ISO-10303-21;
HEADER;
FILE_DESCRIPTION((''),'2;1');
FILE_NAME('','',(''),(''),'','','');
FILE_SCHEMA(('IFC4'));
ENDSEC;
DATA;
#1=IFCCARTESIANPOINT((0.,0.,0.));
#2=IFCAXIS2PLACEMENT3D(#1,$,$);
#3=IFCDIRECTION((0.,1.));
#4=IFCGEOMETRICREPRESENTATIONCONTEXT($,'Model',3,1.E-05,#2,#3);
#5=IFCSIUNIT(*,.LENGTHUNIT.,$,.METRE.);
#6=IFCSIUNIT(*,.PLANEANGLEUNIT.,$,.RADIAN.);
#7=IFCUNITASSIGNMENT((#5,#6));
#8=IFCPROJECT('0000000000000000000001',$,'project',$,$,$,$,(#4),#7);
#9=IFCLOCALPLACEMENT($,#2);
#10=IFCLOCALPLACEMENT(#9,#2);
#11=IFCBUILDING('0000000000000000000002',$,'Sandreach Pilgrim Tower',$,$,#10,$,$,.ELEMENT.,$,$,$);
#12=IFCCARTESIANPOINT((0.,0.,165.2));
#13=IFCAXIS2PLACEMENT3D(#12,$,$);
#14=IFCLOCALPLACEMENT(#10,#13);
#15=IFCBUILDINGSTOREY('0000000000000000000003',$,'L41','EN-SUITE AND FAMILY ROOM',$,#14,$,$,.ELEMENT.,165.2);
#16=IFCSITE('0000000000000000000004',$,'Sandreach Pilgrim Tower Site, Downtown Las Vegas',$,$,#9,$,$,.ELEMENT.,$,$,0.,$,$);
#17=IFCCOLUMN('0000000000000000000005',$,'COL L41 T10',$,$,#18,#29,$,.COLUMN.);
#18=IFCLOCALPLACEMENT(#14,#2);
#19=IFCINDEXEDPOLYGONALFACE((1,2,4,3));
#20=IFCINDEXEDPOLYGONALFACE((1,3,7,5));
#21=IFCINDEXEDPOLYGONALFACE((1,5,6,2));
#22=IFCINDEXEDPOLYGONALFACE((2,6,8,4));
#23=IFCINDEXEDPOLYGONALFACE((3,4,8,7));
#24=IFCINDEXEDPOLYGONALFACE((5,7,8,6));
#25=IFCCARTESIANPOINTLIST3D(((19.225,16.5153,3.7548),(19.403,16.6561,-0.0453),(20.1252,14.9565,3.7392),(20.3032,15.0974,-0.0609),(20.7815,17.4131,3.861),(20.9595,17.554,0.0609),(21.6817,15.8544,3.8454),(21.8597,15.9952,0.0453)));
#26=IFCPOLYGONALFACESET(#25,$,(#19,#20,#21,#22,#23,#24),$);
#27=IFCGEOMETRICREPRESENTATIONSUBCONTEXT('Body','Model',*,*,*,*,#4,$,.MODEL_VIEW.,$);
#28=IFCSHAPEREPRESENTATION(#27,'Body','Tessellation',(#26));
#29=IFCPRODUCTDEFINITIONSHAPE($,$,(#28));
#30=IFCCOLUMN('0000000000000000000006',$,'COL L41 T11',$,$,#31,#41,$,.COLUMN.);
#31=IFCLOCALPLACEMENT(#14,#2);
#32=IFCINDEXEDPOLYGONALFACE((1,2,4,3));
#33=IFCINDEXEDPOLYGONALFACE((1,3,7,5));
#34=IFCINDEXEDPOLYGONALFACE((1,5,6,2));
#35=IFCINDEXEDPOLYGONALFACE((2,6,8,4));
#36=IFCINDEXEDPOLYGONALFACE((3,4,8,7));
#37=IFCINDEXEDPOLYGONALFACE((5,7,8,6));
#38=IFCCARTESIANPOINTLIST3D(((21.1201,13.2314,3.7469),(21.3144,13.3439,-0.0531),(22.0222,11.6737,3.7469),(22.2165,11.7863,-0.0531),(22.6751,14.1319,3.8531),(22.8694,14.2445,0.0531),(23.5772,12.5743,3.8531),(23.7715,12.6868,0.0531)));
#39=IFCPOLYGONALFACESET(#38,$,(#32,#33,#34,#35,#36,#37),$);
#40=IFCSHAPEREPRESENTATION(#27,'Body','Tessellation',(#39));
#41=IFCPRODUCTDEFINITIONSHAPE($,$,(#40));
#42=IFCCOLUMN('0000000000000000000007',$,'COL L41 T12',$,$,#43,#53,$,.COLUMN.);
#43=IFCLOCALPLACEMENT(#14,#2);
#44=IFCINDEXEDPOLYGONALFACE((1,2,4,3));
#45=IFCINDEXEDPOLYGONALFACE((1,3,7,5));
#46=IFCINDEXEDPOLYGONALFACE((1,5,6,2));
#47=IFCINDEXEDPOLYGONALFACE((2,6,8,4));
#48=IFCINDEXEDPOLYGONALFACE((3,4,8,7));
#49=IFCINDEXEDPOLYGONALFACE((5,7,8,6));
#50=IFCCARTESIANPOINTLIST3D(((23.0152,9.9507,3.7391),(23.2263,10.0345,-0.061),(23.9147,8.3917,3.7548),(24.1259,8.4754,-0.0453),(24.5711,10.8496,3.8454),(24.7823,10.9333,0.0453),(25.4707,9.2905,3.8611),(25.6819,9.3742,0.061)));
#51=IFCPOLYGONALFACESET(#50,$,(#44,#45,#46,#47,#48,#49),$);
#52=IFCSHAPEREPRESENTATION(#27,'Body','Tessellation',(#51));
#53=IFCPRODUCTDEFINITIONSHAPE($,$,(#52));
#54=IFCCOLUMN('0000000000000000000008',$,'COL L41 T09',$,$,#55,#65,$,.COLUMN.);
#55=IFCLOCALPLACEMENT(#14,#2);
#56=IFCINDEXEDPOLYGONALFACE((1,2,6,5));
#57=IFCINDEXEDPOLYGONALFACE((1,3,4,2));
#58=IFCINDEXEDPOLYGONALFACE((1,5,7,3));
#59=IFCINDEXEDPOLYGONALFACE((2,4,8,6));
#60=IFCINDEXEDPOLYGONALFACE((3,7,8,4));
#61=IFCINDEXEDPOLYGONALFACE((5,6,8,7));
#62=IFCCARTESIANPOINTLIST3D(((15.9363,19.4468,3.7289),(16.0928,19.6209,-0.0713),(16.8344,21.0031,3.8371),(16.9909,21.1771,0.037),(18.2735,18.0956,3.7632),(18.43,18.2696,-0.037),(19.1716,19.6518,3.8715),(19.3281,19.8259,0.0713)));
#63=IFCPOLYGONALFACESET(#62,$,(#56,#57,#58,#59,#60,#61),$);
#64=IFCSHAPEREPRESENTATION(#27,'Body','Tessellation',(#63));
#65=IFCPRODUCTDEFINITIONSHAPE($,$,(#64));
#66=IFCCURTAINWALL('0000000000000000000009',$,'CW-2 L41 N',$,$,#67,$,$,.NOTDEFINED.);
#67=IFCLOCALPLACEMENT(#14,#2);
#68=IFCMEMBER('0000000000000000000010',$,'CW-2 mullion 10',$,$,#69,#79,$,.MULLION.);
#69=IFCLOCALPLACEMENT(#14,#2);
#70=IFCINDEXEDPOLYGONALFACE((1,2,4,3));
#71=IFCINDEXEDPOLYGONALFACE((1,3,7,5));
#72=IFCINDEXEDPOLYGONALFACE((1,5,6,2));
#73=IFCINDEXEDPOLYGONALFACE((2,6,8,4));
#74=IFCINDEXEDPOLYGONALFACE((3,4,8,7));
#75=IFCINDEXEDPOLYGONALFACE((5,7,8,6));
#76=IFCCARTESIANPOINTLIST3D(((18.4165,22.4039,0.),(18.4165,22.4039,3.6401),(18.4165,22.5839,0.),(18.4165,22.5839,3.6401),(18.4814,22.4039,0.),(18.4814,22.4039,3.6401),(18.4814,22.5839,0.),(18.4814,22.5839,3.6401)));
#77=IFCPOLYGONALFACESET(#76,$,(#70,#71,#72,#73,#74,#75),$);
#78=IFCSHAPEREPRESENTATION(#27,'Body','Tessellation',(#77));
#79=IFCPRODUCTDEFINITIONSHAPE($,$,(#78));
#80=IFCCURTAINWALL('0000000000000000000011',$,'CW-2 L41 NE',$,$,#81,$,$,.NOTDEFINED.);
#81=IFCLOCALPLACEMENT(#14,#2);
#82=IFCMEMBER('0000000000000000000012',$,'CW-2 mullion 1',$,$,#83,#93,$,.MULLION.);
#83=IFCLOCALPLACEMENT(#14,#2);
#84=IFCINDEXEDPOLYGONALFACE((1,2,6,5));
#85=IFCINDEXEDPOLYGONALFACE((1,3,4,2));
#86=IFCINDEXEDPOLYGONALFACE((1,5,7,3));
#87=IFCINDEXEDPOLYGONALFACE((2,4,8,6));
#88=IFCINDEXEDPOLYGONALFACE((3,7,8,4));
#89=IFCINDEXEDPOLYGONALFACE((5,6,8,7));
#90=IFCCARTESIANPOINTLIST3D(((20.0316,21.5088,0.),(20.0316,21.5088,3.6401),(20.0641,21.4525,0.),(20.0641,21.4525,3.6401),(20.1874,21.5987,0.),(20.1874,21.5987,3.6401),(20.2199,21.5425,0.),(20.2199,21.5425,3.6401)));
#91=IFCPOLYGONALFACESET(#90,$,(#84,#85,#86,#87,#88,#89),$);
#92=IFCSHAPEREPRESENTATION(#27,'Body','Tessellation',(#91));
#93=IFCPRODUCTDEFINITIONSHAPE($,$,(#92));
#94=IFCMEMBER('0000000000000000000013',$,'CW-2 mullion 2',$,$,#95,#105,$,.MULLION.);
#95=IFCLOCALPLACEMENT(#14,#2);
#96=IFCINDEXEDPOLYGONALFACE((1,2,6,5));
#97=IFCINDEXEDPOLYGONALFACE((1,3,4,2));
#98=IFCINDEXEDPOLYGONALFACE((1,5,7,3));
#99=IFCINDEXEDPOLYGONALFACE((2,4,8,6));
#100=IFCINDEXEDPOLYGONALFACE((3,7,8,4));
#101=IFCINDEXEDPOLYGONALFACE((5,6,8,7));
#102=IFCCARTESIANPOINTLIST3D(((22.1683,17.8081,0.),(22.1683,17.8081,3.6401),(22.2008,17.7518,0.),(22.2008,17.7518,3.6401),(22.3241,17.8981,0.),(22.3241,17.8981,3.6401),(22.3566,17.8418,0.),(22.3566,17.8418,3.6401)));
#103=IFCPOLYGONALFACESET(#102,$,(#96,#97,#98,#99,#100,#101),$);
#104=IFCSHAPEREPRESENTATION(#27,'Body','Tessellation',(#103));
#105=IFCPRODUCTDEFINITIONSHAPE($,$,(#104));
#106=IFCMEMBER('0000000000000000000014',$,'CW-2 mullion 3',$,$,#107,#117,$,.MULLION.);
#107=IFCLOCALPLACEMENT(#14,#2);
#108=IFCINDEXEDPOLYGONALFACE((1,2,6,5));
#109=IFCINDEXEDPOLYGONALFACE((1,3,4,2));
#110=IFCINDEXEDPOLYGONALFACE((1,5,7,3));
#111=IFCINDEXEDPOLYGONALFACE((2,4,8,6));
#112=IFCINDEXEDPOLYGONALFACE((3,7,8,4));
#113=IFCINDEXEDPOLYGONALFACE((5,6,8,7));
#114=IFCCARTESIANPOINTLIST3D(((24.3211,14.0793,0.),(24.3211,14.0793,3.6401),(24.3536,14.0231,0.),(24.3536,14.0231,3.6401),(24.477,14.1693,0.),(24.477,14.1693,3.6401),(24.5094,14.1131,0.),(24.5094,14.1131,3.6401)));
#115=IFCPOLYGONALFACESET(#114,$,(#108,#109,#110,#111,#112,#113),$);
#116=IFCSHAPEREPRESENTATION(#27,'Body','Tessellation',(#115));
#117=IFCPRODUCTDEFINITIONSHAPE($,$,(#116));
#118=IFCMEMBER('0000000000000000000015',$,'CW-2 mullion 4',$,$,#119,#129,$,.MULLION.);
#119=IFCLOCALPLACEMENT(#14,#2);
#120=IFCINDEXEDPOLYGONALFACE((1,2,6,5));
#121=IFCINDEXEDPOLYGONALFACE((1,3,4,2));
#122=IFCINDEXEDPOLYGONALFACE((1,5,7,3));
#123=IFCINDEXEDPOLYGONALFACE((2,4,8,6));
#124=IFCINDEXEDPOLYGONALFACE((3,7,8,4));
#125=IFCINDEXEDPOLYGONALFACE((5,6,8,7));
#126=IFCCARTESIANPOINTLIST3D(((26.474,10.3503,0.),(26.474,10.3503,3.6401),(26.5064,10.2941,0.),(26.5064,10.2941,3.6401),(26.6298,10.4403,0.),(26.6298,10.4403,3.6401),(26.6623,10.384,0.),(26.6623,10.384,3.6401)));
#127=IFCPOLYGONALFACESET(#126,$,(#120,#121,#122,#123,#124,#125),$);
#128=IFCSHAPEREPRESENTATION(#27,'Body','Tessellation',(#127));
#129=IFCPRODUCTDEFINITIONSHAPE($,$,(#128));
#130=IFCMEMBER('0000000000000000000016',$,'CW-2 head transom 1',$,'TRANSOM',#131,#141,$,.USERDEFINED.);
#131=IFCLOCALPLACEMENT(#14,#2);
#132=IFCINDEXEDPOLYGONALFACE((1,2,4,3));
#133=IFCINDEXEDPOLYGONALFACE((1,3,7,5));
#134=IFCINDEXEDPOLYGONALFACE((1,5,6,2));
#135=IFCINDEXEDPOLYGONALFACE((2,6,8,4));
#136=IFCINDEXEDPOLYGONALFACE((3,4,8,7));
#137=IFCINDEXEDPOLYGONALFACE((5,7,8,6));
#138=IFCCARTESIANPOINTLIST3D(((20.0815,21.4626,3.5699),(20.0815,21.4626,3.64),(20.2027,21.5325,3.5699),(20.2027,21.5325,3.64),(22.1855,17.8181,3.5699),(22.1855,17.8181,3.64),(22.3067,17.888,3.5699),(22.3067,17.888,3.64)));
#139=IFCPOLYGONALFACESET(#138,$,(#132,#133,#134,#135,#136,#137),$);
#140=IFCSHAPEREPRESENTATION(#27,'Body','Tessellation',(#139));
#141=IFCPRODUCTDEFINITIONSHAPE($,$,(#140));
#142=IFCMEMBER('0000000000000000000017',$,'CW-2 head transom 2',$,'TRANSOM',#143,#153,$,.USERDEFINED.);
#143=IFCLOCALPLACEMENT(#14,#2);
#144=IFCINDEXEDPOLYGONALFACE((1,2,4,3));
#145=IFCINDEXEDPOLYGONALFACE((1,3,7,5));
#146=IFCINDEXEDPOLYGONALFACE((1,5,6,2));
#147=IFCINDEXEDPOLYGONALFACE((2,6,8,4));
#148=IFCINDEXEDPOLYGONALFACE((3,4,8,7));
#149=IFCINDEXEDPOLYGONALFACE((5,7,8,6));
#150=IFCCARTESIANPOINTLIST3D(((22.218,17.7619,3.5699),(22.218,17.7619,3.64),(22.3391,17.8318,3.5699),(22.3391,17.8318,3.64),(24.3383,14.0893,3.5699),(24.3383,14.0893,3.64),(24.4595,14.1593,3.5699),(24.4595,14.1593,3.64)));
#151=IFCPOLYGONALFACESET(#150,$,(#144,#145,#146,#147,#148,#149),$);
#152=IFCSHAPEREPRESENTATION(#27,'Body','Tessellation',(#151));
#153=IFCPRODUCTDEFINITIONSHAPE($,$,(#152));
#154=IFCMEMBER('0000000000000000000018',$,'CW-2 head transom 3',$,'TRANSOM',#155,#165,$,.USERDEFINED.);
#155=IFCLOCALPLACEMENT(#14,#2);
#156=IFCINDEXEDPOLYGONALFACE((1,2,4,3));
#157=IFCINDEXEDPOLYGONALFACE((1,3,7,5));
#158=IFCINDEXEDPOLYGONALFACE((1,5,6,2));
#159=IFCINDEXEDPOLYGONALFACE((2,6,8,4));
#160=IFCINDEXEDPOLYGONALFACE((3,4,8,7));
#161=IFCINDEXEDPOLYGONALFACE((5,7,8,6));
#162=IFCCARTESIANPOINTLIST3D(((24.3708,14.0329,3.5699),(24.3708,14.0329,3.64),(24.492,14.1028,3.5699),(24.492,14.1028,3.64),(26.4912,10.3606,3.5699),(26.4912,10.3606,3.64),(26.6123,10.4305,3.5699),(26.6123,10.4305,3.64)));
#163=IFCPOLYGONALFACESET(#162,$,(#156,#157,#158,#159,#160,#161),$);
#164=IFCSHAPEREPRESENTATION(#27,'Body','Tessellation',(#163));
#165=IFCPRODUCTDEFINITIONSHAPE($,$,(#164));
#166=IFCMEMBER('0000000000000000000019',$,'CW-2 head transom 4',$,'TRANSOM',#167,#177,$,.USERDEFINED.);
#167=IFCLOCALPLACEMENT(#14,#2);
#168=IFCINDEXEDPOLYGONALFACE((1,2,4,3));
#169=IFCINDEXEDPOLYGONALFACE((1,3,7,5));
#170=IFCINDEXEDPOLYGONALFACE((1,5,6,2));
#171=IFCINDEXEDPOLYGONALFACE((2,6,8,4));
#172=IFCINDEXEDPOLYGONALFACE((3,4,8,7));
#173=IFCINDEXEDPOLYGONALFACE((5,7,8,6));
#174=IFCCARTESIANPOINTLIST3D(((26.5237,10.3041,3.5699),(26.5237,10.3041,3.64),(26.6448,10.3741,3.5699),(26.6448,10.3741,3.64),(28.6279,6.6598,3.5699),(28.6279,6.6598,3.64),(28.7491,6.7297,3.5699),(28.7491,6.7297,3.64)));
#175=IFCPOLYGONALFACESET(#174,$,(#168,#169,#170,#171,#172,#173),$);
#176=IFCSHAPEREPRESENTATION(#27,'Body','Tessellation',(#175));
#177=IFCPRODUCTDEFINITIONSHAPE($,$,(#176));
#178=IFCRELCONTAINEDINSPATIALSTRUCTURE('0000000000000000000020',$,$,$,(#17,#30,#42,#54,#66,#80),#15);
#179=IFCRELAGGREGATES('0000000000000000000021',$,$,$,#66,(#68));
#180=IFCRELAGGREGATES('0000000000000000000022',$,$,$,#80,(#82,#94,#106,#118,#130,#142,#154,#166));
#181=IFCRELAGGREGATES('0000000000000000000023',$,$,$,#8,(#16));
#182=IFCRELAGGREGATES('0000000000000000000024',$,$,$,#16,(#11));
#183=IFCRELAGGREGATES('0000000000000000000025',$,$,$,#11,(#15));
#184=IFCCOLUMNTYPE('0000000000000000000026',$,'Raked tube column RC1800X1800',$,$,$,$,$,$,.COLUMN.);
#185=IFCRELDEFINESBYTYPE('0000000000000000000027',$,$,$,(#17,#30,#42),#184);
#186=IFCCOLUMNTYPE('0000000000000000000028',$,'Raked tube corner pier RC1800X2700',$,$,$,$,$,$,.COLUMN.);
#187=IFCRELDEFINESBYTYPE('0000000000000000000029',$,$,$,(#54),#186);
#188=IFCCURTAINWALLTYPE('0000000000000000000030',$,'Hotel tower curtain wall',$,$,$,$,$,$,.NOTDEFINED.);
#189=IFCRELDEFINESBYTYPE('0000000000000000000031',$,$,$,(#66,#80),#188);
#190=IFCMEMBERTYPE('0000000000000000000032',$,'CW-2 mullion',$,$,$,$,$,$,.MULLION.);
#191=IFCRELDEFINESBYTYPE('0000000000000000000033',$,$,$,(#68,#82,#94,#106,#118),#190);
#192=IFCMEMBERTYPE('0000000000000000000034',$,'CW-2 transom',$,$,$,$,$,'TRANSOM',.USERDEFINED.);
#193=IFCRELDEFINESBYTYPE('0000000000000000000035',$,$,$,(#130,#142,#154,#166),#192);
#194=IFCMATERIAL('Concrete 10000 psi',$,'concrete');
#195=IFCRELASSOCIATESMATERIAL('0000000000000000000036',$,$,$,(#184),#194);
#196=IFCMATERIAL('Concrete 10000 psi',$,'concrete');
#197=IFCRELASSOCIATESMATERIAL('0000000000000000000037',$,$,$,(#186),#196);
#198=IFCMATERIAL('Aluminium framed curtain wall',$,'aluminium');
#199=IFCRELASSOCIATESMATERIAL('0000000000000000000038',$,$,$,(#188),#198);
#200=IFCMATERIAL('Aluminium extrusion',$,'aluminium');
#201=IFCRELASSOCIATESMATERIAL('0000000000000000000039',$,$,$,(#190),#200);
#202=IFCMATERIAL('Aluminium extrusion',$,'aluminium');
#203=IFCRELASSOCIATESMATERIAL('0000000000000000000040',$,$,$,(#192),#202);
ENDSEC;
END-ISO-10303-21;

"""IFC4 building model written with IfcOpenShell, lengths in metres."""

from ifc_helpers import new_model, si_unit, direction, frame, origin, origin_2d, place, context, subcontext, project, spatial, rectangle, extrude, material, material_profile, profile_set, type_object, element, aggregate, save


model = new_model("IFC4")

# Units and contexts
model_context = context("Model", 3, precision=1e-05, world=origin(), true_north=direction((0.0, 1.0)))
body_context = subcontext(model_context, "Body", "Model", "MODEL_VIEW")
ifc_project = project(units=[si_unit("LENGTHUNIT", "METRE"), si_unit("PLANEANGLEUNIT", "RADIAN")], contexts=[model_context])

# Site, building, storey
site_placement = place(None, origin())
site = spatial("IfcSite", under=ifc_project, at=site_placement, Name="Sandreach Pilgrim Tower Site, Downtown Las Vegas", CompositionType="ELEMENT", RefElevation=0.0)
building_placement = place(site_placement, origin())
building = spatial("IfcBuilding", under=site, at=building_placement, Name="Sandreach Pilgrim Tower", CompositionType="ELEMENT")
storey_placement = place(building_placement, frame((0.0, 0.0, 165.2)))
storey = spatial("IfcBuildingStorey", under=building, at=storey_placement, Name="L41", Description="EN-SUITE AND FAMILY ROOM", CompositionType="ELEMENT", Elevation=165.2)

# Columns
ifc_material_1 = material(Name="Concrete 10000 psi", Category="concrete")
ifc_material_profile_1 = material_profile(ifc_material_1, rectangle(XDim=1.8, YDim=1.8, at=origin_2d()), Name="RC1800X1800")
ifc_profile_set_1 = profile_set([ifc_material_profile_1], Name="Concrete 10000 psi")
column_type_1 = type_object("IfcColumnType", Name="Raked tube column RC1800X1800", PredefinedType="COLUMN", material=ifc_profile_set_1)
column_1_placement = place(storey_placement, frame((20.6313, 16.3257, 0.0), z_axis=(-0.046753, -0.037004, 0.998221), x_axis=(0.864714, 0.498788, 0.05899)))
element("IfcColumn", 1, at=column_1_placement, inside=storey, type_object=column_type_1, Name="COL L41 T10", PredefinedType="COLUMN", context=body_context, shape_type="SweptSolid", body=[
    extrude(rectangle(XDim=1.8, YDim=1.8, at=origin_2d()), origin(), (0.0, 0.0, 1.0), 3.8069),
])
column_2_placement = place(storey_placement, frame((22.543, 13.0154, 0.0), z_axis=(-0.051051, -0.029566, 0.998258), x_axis=(0.863845, 0.500292, 0.058995)))
element("IfcColumn", 2, at=column_2_placement, inside=storey, type_object=column_type_1, Name="COL L41 T11", PredefinedType="COLUMN", context=body_context, shape_type="SweptSolid", body=[
    extrude(rectangle(XDim=1.8, YDim=1.8, at=origin_2d()), origin(), (0.0, 0.0, 1.0), 3.8066),
])
column_3_placement = place(storey_placement, frame((24.4541, 9.7043, 0.0), z_axis=(-0.055474, -0.021997, 0.998218), x_axis=(0.864393, 0.499339, 0.059041)))
element("IfcColumn", 3, at=column_3_placement, inside=storey, type_object=column_type_1, Name="COL L41 T12", PredefinedType="COLUMN", context=body_context, shape_type="SweptSolid", body=[
    extrude(rectangle(XDim=1.8, YDim=1.8, at=origin_2d()), origin(), (0.0, 0.0, 1.0), 3.8069),
])
ifc_material_2 = material(Name="Concrete 10000 psi", Category="concrete")
ifc_material_profile_2 = material_profile(ifc_material_2, rectangle(XDim=1.8, YDim=2.7, at=origin_2d()), Name="RC1800X2700")
ifc_profile_set_2 = profile_set([ifc_material_profile_2], Name="Concrete 10000 psi")
column_type_2 = type_object("IfcColumnType", Name="Raked tube corner pier RC1800X2700", PredefinedType="COLUMN", material=ifc_profile_set_2)
column_4_placement = place(storey_placement, frame((17.7104, 19.7234, 0.0), z_axis=(-0.041104, -0.045721, 0.998108), x_axis=(0.498947, 0.864542, 0.060151)))
element("IfcColumn", 4, at=column_4_placement, inside=storey, type_object=column_type_2, Name="COL L41 T09", PredefinedType="COLUMN", context=body_context, shape_type="SweptSolid", body=[
    extrude(rectangle(XDim=1.8, YDim=2.7, at=origin_2d()), origin(), (0.0, 0.0, 1.0), 3.8074),
])

# Curtain wall, member
ifc_material_3 = material(Name="Aluminium framed curtain wall", Category="aluminium")
curtain_wall_type = type_object("IfcCurtainWallType", Name="Hotel tower curtain wall", PredefinedType="NOTDEFINED", material=ifc_material_3)
curtain_wall_1_placement = place(storey_placement, origin())
curtain_wall_1 = element("IfcCurtainWall", 5, at=curtain_wall_1_placement, inside=storey, type_object=curtain_wall_type, Name="CW-2 L41 N", PredefinedType="NOTDEFINED")
ifc_material_4 = material(Name="Aluminium extrusion", Category="aluminium")
ifc_material_profile_3 = material_profile(ifc_material_4, rectangle(XDim=0.0649, YDim=0.1799, at=origin_2d()), Name="CW-2M 65X180")
ifc_profile_set_3 = profile_set([ifc_material_profile_3], Name="Aluminium extrusion")
member_type_1 = type_object("IfcMemberType", Name="CW-2 mullion", PredefinedType="MULLION", material=ifc_profile_set_3)
member_1_placement = place(storey_placement, frame((18.449, 22.4939, 0.0), z_axis=(0.0, 0.0, 1.0), x_axis=(1.0, 0.0, 0.0)))
member_1 = element("IfcMember", 6, at=member_1_placement, type_object=member_type_1, Name="CW-2 mullion 10", PredefinedType="MULLION", context=body_context, shape_type="SweptSolid", body=[
    extrude(rectangle(XDim=0.0649, YDim=0.1799, at=origin_2d()), origin(), (0.0, 0.0, 1.0), 3.6401),
])

# Curtain wall, members
curtain_wall_2_placement = place(storey_placement, origin())
curtain_wall_2 = element("IfcCurtainWall", 7, at=curtain_wall_2_placement, inside=storey, type_object=curtain_wall_type, Name="CW-2 L41 NE", PredefinedType="NOTDEFINED")
member_2_placement = place(storey_placement, frame((20.1257, 21.5256, 0.0), z_axis=(0.0, 0.0, 1.0), x_axis=(0.5, -0.866025, 0.0)))
member_2 = element("IfcMember", 8, at=member_2_placement, type_object=member_type_1, Name="CW-2 mullion 1", PredefinedType="MULLION", context=body_context, shape_type="SweptSolid", body=[
    extrude(rectangle(XDim=0.0649, YDim=0.1799, at=origin_2d()), origin(), (0.0, 0.0, 1.0), 3.6401),
])
member_3_placement = place(storey_placement, frame((22.2625, 17.825, 0.0), z_axis=(0.0, 0.0, 1.0), x_axis=(0.5, -0.866025, 0.0)))
member_3 = element("IfcMember", 9, at=member_3_placement, type_object=member_type_1, Name="CW-2 mullion 2", PredefinedType="MULLION", context=body_context, shape_type="SweptSolid", body=[
    extrude(rectangle(XDim=0.0649, YDim=0.1799, at=origin_2d()), origin(), (0.0, 0.0, 1.0), 3.6401),
])
member_4_placement = place(storey_placement, frame((24.4153, 14.0962, 0.0), z_axis=(0.0, 0.0, 1.0), x_axis=(0.5, -0.866025, 0.0)))
member_4 = element("IfcMember", 10, at=member_4_placement, type_object=member_type_1, Name="CW-2 mullion 3", PredefinedType="MULLION", context=body_context, shape_type="SweptSolid", body=[
    extrude(rectangle(XDim=0.0649, YDim=0.1799, at=origin_2d()), origin(), (0.0, 0.0, 1.0), 3.6401),
])
member_5_placement = place(storey_placement, frame((26.5681, 10.3672, 0.0), z_axis=(0.0, 0.0, 1.0), x_axis=(0.5, -0.866025, 0.0)))
member_5 = element("IfcMember", 11, at=member_5_placement, type_object=member_type_1, Name="CW-2 mullion 4", PredefinedType="MULLION", context=body_context, shape_type="SweptSolid", body=[
    extrude(rectangle(XDim=0.0649, YDim=0.1799, at=origin_2d()), origin(), (0.0, 0.0, 1.0), 3.6401),
])
ifc_material_5 = material(Name="Aluminium extrusion", Category="aluminium")
ifc_material_profile_4 = material_profile(ifc_material_5, rectangle(XDim=0.1399, YDim=0.0701, at=origin_2d()), Name="CW-2T 140X70")
ifc_profile_set_4 = profile_set([ifc_material_profile_4], Name="Aluminium extrusion")
member_type_2 = type_object("IfcMemberType", Name="CW-2 transom", ElementType="TRANSOM", PredefinedType="USERDEFINED", material=ifc_profile_set_4)
member_6_placement = place(storey_placement, frame((20.1421, 21.4976, 3.605), z_axis=(0.49997, -0.866043, 0.0), x_axis=(0.866043, 0.49997, 0.0)))
member_6 = element("IfcMember", 12, at=member_6_placement, type_object=member_type_2, Name="CW-2 head transom 1", ObjectType="TRANSOM", PredefinedType="USERDEFINED", context=body_context, shape_type="SweptSolid", body=[
    extrude(rectangle(XDim=0.1399, YDim=0.0701, at=origin_2d()), origin(), (0.0, 0.0, 1.0), 4.2083),
])
member_7_placement = place(storey_placement, frame((22.2786, 17.7969, 3.605), z_axis=(0.499997, -0.866027, 0.0), x_axis=(0.866027, 0.499997, 0.0)))
member_7 = element("IfcMember", 13, at=member_7_placement, type_object=member_type_2, Name="CW-2 head transom 2", ObjectType="TRANSOM", PredefinedType="USERDEFINED", context=body_context, shape_type="SweptSolid", body=[
    extrude(rectangle(XDim=0.1399, YDim=0.0701, at=origin_2d()), origin(), (0.0, 0.0, 1.0), 4.2407),
])
member_8_placement = place(storey_placement, frame((24.4314, 14.0679, 3.605), z_axis=(0.500021, -0.866013, 0.0), x_axis=(0.866013, 0.500021, 0.0)))
member_8 = element("IfcMember", 14, at=member_8_placement, type_object=member_type_2, Name="CW-2 head transom 3", ObjectType="TRANSOM", PredefinedType="USERDEFINED", context=body_context, shape_type="SweptSolid", body=[
    extrude(rectangle(XDim=0.1399, YDim=0.0701, at=origin_2d()), origin(), (0.0, 0.0, 1.0), 4.2405),
])
member_9_placement = place(storey_placement, frame((26.5842, 10.3391, 3.605), z_axis=(0.500039, -0.866003, 0.0), x_axis=(0.866003, 0.500039, 0.0)))
member_9 = element("IfcMember", 15, at=member_9_placement, type_object=member_type_2, Name="CW-2 head transom 4", ObjectType="TRANSOM", PredefinedType="USERDEFINED", context=body_context, shape_type="SweptSolid", body=[
    extrude(rectangle(XDim=0.1399, YDim=0.0701, at=origin_2d()), origin(), (0.0, 0.0, 1.0), 4.2083),
])

aggregate(curtain_wall_1, [member_1])
aggregate(curtain_wall_2, [member_2, member_3, member_4, member_5, member_6, member_7, member_8, member_9])

save(model, "model.ifc")
